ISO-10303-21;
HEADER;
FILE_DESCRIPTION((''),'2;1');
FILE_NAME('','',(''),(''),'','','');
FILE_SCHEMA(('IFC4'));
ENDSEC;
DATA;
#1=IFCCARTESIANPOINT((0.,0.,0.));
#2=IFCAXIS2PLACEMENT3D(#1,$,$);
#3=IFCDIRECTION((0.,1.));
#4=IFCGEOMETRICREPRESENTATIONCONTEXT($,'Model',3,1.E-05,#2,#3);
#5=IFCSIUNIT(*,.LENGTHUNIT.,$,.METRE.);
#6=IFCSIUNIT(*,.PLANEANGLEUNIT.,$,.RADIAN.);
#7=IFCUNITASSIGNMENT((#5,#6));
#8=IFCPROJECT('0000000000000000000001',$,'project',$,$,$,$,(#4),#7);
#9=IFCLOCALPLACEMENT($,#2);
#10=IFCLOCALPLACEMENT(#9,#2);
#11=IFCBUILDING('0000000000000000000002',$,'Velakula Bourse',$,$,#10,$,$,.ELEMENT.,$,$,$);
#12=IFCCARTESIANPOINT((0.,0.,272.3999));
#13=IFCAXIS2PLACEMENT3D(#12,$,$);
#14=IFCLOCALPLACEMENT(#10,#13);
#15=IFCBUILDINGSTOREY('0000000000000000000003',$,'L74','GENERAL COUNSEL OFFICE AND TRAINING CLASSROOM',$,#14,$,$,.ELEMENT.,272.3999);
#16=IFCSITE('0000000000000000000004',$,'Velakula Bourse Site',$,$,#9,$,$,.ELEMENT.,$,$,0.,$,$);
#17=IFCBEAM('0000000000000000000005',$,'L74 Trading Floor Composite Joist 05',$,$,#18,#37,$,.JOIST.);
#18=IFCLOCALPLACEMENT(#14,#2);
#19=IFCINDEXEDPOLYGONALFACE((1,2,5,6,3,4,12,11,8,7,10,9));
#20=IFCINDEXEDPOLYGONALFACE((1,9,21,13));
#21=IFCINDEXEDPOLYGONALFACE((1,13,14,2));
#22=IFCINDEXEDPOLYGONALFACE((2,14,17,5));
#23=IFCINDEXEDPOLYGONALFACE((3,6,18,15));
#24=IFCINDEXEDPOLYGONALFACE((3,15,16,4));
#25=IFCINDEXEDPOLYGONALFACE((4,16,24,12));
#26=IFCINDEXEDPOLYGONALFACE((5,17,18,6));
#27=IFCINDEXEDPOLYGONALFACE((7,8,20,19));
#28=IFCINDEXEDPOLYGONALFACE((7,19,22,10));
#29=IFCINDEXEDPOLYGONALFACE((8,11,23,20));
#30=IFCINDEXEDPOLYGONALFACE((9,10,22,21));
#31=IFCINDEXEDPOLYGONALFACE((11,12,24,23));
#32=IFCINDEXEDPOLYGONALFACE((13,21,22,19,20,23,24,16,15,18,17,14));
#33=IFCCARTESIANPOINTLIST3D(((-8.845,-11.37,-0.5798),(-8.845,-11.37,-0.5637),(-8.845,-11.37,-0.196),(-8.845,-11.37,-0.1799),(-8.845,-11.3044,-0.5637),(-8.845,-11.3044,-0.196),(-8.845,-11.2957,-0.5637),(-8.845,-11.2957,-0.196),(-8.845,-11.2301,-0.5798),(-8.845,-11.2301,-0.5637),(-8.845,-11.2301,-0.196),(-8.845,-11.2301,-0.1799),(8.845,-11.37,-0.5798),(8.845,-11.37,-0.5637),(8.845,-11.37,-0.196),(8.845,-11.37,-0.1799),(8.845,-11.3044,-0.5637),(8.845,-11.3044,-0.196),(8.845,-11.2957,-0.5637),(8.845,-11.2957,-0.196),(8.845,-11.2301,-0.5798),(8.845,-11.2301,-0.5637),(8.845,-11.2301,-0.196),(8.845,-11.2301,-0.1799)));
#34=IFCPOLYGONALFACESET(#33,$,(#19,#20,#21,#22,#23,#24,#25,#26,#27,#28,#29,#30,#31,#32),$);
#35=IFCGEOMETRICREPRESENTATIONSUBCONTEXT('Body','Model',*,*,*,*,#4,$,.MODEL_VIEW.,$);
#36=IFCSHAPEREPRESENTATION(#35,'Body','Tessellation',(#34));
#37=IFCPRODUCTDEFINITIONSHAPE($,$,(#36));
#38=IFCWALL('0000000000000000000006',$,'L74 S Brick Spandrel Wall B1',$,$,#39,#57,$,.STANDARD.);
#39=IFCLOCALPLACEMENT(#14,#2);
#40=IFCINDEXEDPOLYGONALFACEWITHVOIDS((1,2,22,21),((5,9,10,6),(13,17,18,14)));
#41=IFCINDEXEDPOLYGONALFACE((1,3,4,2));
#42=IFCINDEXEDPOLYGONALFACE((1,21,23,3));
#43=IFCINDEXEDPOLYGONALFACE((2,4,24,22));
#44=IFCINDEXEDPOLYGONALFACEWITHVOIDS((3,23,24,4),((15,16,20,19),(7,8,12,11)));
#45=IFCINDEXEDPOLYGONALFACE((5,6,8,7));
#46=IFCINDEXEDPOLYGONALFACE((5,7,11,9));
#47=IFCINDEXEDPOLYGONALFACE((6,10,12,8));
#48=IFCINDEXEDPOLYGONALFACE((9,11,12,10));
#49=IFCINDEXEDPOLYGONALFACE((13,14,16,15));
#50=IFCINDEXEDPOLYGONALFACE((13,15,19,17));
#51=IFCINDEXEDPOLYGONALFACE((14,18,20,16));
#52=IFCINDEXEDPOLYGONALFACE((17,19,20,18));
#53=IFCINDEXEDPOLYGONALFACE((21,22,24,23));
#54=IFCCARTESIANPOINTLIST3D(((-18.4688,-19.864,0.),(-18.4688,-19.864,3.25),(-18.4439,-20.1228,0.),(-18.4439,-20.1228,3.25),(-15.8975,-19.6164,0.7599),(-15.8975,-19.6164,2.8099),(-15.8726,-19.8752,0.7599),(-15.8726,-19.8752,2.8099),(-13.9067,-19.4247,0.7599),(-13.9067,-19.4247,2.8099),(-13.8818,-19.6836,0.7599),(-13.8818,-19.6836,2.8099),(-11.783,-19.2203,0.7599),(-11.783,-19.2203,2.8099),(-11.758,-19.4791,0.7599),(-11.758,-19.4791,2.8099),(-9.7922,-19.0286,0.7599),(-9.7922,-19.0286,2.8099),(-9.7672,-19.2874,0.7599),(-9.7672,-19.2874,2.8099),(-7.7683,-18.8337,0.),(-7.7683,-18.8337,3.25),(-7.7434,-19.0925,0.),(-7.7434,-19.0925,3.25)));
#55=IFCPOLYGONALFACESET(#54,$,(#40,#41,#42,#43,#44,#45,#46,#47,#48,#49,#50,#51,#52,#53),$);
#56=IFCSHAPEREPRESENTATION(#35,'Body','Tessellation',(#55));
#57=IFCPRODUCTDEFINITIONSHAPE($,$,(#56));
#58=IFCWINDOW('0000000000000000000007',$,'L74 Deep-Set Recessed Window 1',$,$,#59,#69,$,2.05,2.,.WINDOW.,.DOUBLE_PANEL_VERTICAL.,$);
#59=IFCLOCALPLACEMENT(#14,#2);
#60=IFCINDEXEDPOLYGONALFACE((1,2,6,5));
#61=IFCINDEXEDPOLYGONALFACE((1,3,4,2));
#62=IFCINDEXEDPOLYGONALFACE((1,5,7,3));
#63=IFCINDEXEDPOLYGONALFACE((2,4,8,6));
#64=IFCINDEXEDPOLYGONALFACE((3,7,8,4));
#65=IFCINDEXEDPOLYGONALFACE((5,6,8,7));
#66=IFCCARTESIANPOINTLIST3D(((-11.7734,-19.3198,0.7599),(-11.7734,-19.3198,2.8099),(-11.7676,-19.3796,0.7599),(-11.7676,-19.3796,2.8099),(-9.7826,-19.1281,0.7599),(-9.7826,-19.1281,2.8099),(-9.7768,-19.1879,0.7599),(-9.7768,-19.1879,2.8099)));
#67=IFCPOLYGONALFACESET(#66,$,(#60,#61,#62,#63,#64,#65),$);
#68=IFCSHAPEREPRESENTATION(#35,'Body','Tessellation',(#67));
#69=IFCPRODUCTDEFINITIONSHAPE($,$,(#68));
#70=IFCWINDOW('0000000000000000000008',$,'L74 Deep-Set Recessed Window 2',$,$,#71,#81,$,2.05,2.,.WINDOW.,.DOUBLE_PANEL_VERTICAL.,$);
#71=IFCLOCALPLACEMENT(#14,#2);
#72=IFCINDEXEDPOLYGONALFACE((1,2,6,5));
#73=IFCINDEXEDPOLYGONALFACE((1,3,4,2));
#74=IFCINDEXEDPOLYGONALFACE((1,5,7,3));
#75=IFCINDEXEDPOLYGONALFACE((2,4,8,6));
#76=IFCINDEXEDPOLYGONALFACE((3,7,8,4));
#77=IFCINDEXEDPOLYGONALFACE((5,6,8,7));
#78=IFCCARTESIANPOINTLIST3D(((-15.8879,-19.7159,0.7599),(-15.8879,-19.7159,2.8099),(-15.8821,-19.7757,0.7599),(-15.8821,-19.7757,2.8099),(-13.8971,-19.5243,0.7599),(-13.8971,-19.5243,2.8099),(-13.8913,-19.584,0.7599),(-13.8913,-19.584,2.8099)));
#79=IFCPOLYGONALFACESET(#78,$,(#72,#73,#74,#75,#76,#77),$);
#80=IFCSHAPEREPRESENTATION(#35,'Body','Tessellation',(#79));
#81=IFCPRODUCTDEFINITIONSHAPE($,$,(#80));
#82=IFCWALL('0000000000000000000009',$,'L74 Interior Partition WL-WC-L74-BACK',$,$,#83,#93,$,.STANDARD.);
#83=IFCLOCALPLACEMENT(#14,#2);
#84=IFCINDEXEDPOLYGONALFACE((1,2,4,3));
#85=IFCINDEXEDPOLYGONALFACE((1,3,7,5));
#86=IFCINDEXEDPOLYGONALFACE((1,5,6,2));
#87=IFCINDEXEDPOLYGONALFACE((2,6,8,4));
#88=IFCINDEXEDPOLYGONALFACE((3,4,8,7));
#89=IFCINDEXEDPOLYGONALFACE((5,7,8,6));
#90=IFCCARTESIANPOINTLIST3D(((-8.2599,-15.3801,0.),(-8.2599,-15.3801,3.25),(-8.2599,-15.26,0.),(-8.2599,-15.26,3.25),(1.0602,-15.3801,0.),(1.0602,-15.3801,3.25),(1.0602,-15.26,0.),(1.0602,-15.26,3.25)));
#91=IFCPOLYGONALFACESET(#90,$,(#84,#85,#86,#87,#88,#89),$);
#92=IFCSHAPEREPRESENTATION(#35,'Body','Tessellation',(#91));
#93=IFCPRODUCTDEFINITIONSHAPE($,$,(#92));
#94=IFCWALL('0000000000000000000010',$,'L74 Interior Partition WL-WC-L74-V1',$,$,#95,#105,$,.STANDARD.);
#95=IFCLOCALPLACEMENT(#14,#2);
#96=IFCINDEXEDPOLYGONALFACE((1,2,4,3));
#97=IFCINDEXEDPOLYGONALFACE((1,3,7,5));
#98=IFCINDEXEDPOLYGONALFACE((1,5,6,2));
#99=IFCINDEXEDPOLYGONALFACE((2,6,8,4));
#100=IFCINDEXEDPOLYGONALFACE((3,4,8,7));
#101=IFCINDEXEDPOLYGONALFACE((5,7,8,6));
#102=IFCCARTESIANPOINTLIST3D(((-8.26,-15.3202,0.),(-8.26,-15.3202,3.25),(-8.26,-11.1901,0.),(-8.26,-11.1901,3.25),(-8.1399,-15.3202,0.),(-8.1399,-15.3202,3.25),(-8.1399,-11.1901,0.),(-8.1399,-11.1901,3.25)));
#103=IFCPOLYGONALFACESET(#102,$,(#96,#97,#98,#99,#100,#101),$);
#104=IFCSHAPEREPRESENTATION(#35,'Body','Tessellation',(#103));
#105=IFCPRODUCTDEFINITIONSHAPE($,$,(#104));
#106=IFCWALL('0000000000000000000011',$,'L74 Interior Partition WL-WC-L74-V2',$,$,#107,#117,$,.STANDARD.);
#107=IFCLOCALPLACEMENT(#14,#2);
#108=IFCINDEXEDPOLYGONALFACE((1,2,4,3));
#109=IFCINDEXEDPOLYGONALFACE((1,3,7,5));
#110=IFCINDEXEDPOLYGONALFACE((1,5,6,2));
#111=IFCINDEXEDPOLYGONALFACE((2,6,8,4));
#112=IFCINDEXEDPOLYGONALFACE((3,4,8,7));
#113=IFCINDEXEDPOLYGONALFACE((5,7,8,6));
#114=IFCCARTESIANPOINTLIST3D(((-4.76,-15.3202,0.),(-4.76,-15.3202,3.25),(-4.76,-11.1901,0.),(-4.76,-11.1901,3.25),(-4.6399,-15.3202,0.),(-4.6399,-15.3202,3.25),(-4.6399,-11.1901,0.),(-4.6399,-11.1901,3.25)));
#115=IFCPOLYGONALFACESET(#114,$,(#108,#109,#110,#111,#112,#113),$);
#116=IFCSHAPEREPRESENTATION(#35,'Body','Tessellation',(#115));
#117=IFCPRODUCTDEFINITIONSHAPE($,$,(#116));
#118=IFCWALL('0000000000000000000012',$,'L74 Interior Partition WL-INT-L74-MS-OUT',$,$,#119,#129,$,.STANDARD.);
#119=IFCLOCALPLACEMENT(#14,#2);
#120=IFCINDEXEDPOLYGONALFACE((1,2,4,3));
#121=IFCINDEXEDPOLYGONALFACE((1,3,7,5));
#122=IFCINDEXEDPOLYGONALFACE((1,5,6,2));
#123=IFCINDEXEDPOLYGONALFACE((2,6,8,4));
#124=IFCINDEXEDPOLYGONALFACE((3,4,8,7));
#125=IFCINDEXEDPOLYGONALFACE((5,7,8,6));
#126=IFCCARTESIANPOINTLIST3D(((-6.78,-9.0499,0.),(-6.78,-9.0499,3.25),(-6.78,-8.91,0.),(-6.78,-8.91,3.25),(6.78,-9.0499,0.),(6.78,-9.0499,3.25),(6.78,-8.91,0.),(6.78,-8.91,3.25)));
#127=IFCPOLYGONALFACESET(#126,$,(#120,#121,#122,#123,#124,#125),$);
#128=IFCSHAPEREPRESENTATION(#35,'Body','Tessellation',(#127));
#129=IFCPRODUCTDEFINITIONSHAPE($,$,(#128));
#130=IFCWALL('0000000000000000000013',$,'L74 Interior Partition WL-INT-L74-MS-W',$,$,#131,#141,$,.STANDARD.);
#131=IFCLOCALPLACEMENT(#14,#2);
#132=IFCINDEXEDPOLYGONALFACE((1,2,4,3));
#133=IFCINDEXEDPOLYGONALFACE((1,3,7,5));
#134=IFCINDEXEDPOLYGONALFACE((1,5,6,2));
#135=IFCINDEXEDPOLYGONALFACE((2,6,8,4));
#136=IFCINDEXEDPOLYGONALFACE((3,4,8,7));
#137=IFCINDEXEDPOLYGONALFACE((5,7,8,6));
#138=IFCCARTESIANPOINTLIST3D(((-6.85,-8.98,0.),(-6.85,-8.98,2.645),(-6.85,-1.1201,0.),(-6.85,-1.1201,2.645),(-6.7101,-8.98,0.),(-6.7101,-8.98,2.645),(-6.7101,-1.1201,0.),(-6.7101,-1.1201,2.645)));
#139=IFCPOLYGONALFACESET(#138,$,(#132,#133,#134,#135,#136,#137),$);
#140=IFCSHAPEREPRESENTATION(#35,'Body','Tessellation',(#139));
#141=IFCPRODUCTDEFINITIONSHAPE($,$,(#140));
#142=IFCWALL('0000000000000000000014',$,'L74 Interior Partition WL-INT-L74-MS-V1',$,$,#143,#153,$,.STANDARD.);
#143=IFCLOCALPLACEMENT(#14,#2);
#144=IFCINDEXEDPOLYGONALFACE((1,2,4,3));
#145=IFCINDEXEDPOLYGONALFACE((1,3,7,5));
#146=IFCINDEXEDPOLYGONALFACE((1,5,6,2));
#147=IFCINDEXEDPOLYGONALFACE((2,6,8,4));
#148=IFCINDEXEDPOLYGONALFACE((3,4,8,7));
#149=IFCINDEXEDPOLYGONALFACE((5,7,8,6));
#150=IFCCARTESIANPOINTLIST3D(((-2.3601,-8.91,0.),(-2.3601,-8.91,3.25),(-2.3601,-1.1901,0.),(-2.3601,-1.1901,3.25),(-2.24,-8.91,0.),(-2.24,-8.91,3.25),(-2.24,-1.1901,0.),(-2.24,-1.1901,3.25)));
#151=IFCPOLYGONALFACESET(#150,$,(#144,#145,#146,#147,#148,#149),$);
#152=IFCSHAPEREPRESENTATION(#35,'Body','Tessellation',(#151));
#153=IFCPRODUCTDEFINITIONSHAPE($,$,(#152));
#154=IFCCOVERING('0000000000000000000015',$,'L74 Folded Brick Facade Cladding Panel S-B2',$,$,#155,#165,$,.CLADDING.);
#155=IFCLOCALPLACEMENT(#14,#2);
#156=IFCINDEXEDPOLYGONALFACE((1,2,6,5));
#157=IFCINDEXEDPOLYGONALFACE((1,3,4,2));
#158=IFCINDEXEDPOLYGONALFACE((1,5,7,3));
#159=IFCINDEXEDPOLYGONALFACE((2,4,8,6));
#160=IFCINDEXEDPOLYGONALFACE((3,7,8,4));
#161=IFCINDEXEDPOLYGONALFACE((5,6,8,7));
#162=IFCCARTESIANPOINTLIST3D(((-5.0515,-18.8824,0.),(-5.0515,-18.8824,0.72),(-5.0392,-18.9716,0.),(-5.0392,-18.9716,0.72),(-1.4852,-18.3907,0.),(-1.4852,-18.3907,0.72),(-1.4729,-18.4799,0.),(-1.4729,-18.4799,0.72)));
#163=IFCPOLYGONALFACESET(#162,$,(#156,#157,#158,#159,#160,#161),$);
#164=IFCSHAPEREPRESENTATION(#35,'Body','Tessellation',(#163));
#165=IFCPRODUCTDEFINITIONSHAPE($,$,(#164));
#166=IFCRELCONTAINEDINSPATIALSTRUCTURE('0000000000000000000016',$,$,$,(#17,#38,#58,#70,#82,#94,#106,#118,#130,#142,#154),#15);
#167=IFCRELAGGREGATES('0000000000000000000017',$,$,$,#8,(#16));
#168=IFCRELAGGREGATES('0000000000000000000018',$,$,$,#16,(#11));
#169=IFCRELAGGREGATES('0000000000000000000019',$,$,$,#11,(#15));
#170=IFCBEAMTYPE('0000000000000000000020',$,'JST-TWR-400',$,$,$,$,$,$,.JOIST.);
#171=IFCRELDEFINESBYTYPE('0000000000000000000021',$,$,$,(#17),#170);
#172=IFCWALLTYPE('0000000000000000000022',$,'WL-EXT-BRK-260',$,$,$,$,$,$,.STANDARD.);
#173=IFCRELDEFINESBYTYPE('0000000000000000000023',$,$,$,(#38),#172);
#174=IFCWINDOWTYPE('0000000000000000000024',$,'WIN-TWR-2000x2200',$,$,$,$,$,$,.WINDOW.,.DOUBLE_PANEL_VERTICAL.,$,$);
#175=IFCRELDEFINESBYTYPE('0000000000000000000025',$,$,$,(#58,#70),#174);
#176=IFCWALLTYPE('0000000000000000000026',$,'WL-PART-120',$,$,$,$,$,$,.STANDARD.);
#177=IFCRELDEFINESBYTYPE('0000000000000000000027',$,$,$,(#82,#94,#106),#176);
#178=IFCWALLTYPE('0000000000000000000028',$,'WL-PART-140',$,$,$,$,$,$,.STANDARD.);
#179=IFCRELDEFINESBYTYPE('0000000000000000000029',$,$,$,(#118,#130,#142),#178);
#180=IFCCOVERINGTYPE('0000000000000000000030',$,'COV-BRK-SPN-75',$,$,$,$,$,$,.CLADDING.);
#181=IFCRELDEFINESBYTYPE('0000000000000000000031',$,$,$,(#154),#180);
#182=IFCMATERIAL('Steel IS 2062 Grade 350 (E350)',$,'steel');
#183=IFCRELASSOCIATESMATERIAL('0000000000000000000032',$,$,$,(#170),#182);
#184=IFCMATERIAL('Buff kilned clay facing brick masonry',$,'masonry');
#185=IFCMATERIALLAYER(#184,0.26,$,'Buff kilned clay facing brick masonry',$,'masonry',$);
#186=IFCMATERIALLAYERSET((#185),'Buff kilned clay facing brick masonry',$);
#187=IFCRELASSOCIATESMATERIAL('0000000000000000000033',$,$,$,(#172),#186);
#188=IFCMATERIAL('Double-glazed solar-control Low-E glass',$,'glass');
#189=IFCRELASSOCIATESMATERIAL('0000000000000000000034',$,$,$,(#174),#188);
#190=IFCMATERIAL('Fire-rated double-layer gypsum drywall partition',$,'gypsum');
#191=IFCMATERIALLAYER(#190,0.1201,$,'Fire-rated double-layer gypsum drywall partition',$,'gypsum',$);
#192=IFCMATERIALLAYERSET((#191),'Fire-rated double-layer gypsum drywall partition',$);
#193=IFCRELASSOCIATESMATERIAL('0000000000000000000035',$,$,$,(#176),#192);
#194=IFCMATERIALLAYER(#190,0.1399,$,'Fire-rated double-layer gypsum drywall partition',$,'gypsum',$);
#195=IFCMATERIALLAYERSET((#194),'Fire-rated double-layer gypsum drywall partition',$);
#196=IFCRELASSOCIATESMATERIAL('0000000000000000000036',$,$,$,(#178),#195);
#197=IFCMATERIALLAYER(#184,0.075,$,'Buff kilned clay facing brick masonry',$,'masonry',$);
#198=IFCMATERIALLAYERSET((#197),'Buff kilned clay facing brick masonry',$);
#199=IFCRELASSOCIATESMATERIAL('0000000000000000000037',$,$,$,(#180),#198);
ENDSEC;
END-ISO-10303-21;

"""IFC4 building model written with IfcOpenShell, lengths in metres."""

from ifc_helpers import new_model, si_unit, direction, frame, frame_2d, origin, origin_2d, place, context, subcontext, project, spatial, rectangle, i_section, extrude, material, layer, layer_set, material_profile, profile_set, type_object, element, fill, save


model = new_model("IFC4")

# Units and contexts
model_context = context("Model", 3, precision=1e-05, world=origin(), true_north=direction((0.0, 1.0)))
body_context = subcontext(model_context, "Body", "Model", "MODEL_VIEW")
ifc_project = project(units=[si_unit("LENGTHUNIT", "METRE"), si_unit("PLANEANGLEUNIT", "RADIAN")], contexts=[model_context])

# Site, building, storey
site_placement = place(None, origin())
site = spatial("IfcSite", under=ifc_project, at=site_placement, Name="Velakula Bourse Site", CompositionType="ELEMENT", RefElevation=0.0)
building_placement = place(site_placement, origin())
building = spatial("IfcBuilding", under=site, at=building_placement, Name="Velakula Bourse", CompositionType="ELEMENT")
storey_placement = place(building_placement, frame((0.0, 0.0, 272.3999)))
storey = spatial("IfcBuildingStorey", under=building, at=storey_placement, Name="L74", Description="GENERAL COUNSEL OFFICE AND TRAINING CLASSROOM", CompositionType="ELEMENT", Elevation=272.3999)

# Shared definitions
ifc_material_1 = material(Name="Steel IS 2062 Grade 350 (E350)", Category="steel")

# Beam
ifc_material_profile_1 = material_profile(ifc_material_1, i_section(OverallWidth=0.1399, OverallDepth=0.3999, WebThickness=0.0088, FlangeThickness=0.0161, at=origin_2d()), Name="Steel IS 2062 Grade 350 (E350)")
ifc_profile_set_1 = profile_set([ifc_material_profile_1], Name="Steel IS 2062 Grade 350 (E350)")
beam_type_1 = type_object("IfcBeamType", Name="JST-TWR-400", PredefinedType="JOIST", material=ifc_profile_set_1)
beam_1_placement = place(storey_placement, frame((-8.845, -11.3, -0.3799), z_axis=(1.0, 0.0, 0.0), x_axis=(0.0, 1.0, 0.0)))
element("IfcBeam", 1, at=beam_1_placement, inside=storey, type_object=beam_type_1, Name="L74 Trading Floor Composite Joist 05", PredefinedType="JOIST", context=body_context, shape_type="SweptSolid", body=[
    extrude(i_section(OverallWidth=0.1399, OverallDepth=0.3999, WebThickness=0.0088, FlangeThickness=0.0161, at=origin_2d()), origin(), (0.0, 0.0, 1.0), 17.6899),
])

# Wall, openings, windows
ifc_material_2 = material(Name="Buff kilned clay facing brick masonry", Category="masonry")
ifc_layer_1 = layer(ifc_material_2, 0.26, Name="Buff kilned clay facing brick masonry", Category="masonry")
ifc_layer_set_1 = layer_set([ifc_layer_1], Name="Buff kilned clay facing brick masonry")
wall_type_1 = type_object("IfcWallType", Name="WL-EXT-BRK-260", PredefinedType="STANDARD", material=ifc_layer_set_1)
wall_1_placement = place(storey_placement, frame((-7.7559, -18.9631, 0.0), z_axis=(0.0, 0.0, 1.0), x_axis=(-0.995397, -0.09584, 0.0)))
wall_1 = element("IfcWall", 2, at=wall_1_placement, inside=storey, type_object=wall_type_1, Name="L74 S Brick Spandrel Wall B1", PredefinedType="STANDARD", context=body_context, shape_type="SweptSolid", body=[
    extrude(rectangle(XDim=10.75, YDim=0.26, at=frame_2d((5.375, 0.0))), origin(), (0.0, 0.0, 1.0), 3.25),
])
opening_1_placement = place(wall_1_placement, frame((2.0332, 0.0, 0.76)))
opening_1 = element("IfcOpeningElement", 3, at=opening_1_placement, cuts=wall_1, PredefinedType="OPENING", context=body_context, shape_type="SweptSolid", body=[
    extrude(rectangle(XDim=2.0, YDim=2.05, at=frame_2d((1.0, 1.0249))), frame((0.0, 0.1399, 0.0), z_axis=(0.0, -1.0, 0.0), x_axis=(1.0, 0.0, 0.0)), (0.0, 0.0, 1.0), 0.28),
])
opening_2_placement = place(wall_1_placement, frame((6.1667, 0.0, 0.76)))
opening_2 = element("IfcOpeningElement", 4, at=opening_2_placement, cuts=wall_1, PredefinedType="OPENING", context=body_context, shape_type="SweptSolid", body=[
    extrude(rectangle(XDim=2.0, YDim=2.05, at=frame_2d((1.0, 1.0249))), frame((0.0, 0.1399, 0.0), z_axis=(0.0, -1.0, 0.0), x_axis=(1.0, 0.0, 0.0)), (0.0, 0.0, 1.0), 0.28),
])
ifc_material_3 = material(Name="Double-glazed solar-control Low-E glass", Category="glass")
window_type = type_object("IfcWindowType", Name="WIN-TWR-2000x2200", PartitioningType="DOUBLE_PANEL_VERTICAL", PredefinedType="WINDOW", material=ifc_material_3)
window_1_placement = place(opening_1_placement, origin())
window_1 = element("IfcWindow", 5, at=window_1_placement, inside=storey, type_object=window_type, Name="L74 Deep-Set Recessed Window 1", OverallHeight=2.05, OverallWidth=2.0, PartitioningType="DOUBLE_PANEL_VERTICAL", PredefinedType="WINDOW", context=body_context, shape_type="SweptSolid", body=[
    extrude(rectangle(XDim=2.0, YDim=2.05, at=frame_2d((1.0, 1.0249))), frame((0.0, 0.03, 0.0), z_axis=(0.0, -1.0, 0.0), x_axis=(1.0, 0.0, 0.0)), (0.0, 0.0, 1.0), 0.0601),
])
fill(opening_1, window_1)
window_2_placement = place(opening_2_placement, origin())
window_2 = element("IfcWindow", 6, at=window_2_placement, inside=storey, type_object=window_type, Name="L74 Deep-Set Recessed Window 2", OverallHeight=2.05, OverallWidth=2.0, PartitioningType="DOUBLE_PANEL_VERTICAL", PredefinedType="WINDOW", context=body_context, shape_type="SweptSolid", body=[
    extrude(rectangle(XDim=2.0, YDim=2.05, at=frame_2d((1.0, 1.0249))), frame((0.0, 0.03, 0.0), z_axis=(0.0, -1.0, 0.0), x_axis=(1.0, 0.0, 0.0)), (0.0, 0.0, 1.0), 0.0601),
])
fill(opening_2, window_2)

# Walls
ifc_material_4 = material(Name="Fire-rated double-layer gypsum drywall partition", Category="gypsum")
ifc_layer_2 = layer(ifc_material_4, 0.1201, Name="Fire-rated double-layer gypsum drywall partition", Category="gypsum")
ifc_layer_set_2 = layer_set([ifc_layer_2], Name="Fire-rated double-layer gypsum drywall partition")
wall_type_2 = type_object("IfcWallType", Name="WL-PART-120", PredefinedType="STANDARD", material=ifc_layer_set_2)
wall_2_placement = place(storey_placement, frame((-8.26, -15.3201, 0.0), z_axis=(0.0, 0.0, 1.0), x_axis=(1.0, 0.0, 0.0)))
element("IfcWall", 7, at=wall_2_placement, inside=storey, type_object=wall_type_2, Name="L74 Interior Partition WL-WC-L74-BACK", PredefinedType="STANDARD", context=body_context, shape_type="SweptSolid", body=[
    extrude(rectangle(XDim=9.3201, YDim=0.1201, at=frame_2d((4.6602, 0.0))), origin(), (0.0, 0.0, 1.0), 3.25),
])
for number, where, z_axis, x_axis, name in (
    (8, (-8.2, -15.3201, 0.0), (0.0, 0.0, 1.0), (0.0, 1.0, 0.0), "L74 Interior Partition WL-WC-L74-V1"),
    (9, (-4.7, -15.3201, 0.0), (0.0, 0.0, 1.0), (0.0, 1.0, 0.0), "L74 Interior Partition WL-WC-L74-V2"),
):
    element("IfcWall", number, at=place(storey_placement, frame(where, z_axis=z_axis, x_axis=x_axis)), inside=storey, type_object=wall_type_2, Name=name, PredefinedType="STANDARD", context=body_context, shape_type="SweptSolid", body=[
        extrude(rectangle(XDim=4.1301, YDim=0.1201, at=frame_2d((2.0649, 0.0))), origin(), (0.0, 0.0, 1.0), 3.25),
    ])
ifc_layer_3 = layer(ifc_material_4, 0.1399, Name="Fire-rated double-layer gypsum drywall partition", Category="gypsum")
ifc_layer_set_3 = layer_set([ifc_layer_3], Name="Fire-rated double-layer gypsum drywall partition")
wall_type_3 = type_object("IfcWallType", Name="WL-PART-140", PredefinedType="STANDARD", material=ifc_layer_set_3)
wall_3_placement = place(storey_placement, frame((-6.78, -8.98, 0.0), z_axis=(0.0, 0.0, 1.0), x_axis=(1.0, 0.0, 0.0)))
element("IfcWall", 10, at=wall_3_placement, inside=storey, type_object=wall_type_3, Name="L74 Interior Partition WL-INT-L74-MS-OUT", PredefinedType="STANDARD", context=body_context, shape_type="SweptSolid", body=[
    extrude(rectangle(XDim=13.5601, YDim=0.1399, at=frame_2d((6.78, 0.0))), origin(), (0.0, 0.0, 1.0), 3.25),
])
wall_4_placement = place(storey_placement, frame((-6.78, -8.98, 0.0), z_axis=(0.0, 0.0, 1.0), x_axis=(0.0, 1.0, 0.0)))
element("IfcWall", 11, at=wall_4_placement, inside=storey, type_object=wall_type_3, Name="L74 Interior Partition WL-INT-L74-MS-W", PredefinedType="STANDARD", context=body_context, shape_type="SweptSolid", body=[
    extrude(rectangle(XDim=7.8599, YDim=0.1399, at=frame_2d((3.9299, 0.0))), origin(), (0.0, 0.0, 1.0), 2.645),
])
wall_5_placement = place(storey_placement, frame((-2.3, -8.9099, 0.0), z_axis=(0.0, 0.0, 1.0), x_axis=(0.0, 1.0, 0.0)))
element("IfcWall", 12, at=wall_5_placement, inside=storey, type_object=wall_type_3, Name="L74 Interior Partition WL-INT-L74-MS-V1", PredefinedType="STANDARD", context=body_context, shape_type="SweptSolid", body=[
    extrude(rectangle(XDim=7.72, YDim=0.1201, at=frame_2d((3.8599, 0.0))), origin(), (0.0, 0.0, 1.0), 3.25),
])

# Covering
ifc_layer_4 = layer(ifc_material_2, 0.075, Name="Buff kilned clay facing brick masonry", Category="masonry")
ifc_layer_set_4 = layer_set([ifc_layer_4], Name="Buff kilned clay facing brick masonry")
covering_type = type_object("IfcCoveringType", Name="COV-BRK-SPN-75", PredefinedType="CLADDING", material=ifc_layer_set_4)
covering_placement = place(storey_placement, frame((-3.2622, -18.6812, 0.0), z_axis=(0.0, 0.0, 1.0), x_axis=(0.990629, 0.13658, 0.0)))
element("IfcCovering", 13, at=covering_placement, inside=storey, type_object=covering_type, Name="L74 Folded Brick Facade Cladding Panel S-B2", PredefinedType="CLADDING", context=body_context, shape_type="SweptSolid", body=[
    extrude(rectangle(XDim=3.6001, YDim=0.0901, at=origin_2d()), origin(), (0.0, 0.0, 1.0), 0.72),
])

save(model, "model.ifc")
